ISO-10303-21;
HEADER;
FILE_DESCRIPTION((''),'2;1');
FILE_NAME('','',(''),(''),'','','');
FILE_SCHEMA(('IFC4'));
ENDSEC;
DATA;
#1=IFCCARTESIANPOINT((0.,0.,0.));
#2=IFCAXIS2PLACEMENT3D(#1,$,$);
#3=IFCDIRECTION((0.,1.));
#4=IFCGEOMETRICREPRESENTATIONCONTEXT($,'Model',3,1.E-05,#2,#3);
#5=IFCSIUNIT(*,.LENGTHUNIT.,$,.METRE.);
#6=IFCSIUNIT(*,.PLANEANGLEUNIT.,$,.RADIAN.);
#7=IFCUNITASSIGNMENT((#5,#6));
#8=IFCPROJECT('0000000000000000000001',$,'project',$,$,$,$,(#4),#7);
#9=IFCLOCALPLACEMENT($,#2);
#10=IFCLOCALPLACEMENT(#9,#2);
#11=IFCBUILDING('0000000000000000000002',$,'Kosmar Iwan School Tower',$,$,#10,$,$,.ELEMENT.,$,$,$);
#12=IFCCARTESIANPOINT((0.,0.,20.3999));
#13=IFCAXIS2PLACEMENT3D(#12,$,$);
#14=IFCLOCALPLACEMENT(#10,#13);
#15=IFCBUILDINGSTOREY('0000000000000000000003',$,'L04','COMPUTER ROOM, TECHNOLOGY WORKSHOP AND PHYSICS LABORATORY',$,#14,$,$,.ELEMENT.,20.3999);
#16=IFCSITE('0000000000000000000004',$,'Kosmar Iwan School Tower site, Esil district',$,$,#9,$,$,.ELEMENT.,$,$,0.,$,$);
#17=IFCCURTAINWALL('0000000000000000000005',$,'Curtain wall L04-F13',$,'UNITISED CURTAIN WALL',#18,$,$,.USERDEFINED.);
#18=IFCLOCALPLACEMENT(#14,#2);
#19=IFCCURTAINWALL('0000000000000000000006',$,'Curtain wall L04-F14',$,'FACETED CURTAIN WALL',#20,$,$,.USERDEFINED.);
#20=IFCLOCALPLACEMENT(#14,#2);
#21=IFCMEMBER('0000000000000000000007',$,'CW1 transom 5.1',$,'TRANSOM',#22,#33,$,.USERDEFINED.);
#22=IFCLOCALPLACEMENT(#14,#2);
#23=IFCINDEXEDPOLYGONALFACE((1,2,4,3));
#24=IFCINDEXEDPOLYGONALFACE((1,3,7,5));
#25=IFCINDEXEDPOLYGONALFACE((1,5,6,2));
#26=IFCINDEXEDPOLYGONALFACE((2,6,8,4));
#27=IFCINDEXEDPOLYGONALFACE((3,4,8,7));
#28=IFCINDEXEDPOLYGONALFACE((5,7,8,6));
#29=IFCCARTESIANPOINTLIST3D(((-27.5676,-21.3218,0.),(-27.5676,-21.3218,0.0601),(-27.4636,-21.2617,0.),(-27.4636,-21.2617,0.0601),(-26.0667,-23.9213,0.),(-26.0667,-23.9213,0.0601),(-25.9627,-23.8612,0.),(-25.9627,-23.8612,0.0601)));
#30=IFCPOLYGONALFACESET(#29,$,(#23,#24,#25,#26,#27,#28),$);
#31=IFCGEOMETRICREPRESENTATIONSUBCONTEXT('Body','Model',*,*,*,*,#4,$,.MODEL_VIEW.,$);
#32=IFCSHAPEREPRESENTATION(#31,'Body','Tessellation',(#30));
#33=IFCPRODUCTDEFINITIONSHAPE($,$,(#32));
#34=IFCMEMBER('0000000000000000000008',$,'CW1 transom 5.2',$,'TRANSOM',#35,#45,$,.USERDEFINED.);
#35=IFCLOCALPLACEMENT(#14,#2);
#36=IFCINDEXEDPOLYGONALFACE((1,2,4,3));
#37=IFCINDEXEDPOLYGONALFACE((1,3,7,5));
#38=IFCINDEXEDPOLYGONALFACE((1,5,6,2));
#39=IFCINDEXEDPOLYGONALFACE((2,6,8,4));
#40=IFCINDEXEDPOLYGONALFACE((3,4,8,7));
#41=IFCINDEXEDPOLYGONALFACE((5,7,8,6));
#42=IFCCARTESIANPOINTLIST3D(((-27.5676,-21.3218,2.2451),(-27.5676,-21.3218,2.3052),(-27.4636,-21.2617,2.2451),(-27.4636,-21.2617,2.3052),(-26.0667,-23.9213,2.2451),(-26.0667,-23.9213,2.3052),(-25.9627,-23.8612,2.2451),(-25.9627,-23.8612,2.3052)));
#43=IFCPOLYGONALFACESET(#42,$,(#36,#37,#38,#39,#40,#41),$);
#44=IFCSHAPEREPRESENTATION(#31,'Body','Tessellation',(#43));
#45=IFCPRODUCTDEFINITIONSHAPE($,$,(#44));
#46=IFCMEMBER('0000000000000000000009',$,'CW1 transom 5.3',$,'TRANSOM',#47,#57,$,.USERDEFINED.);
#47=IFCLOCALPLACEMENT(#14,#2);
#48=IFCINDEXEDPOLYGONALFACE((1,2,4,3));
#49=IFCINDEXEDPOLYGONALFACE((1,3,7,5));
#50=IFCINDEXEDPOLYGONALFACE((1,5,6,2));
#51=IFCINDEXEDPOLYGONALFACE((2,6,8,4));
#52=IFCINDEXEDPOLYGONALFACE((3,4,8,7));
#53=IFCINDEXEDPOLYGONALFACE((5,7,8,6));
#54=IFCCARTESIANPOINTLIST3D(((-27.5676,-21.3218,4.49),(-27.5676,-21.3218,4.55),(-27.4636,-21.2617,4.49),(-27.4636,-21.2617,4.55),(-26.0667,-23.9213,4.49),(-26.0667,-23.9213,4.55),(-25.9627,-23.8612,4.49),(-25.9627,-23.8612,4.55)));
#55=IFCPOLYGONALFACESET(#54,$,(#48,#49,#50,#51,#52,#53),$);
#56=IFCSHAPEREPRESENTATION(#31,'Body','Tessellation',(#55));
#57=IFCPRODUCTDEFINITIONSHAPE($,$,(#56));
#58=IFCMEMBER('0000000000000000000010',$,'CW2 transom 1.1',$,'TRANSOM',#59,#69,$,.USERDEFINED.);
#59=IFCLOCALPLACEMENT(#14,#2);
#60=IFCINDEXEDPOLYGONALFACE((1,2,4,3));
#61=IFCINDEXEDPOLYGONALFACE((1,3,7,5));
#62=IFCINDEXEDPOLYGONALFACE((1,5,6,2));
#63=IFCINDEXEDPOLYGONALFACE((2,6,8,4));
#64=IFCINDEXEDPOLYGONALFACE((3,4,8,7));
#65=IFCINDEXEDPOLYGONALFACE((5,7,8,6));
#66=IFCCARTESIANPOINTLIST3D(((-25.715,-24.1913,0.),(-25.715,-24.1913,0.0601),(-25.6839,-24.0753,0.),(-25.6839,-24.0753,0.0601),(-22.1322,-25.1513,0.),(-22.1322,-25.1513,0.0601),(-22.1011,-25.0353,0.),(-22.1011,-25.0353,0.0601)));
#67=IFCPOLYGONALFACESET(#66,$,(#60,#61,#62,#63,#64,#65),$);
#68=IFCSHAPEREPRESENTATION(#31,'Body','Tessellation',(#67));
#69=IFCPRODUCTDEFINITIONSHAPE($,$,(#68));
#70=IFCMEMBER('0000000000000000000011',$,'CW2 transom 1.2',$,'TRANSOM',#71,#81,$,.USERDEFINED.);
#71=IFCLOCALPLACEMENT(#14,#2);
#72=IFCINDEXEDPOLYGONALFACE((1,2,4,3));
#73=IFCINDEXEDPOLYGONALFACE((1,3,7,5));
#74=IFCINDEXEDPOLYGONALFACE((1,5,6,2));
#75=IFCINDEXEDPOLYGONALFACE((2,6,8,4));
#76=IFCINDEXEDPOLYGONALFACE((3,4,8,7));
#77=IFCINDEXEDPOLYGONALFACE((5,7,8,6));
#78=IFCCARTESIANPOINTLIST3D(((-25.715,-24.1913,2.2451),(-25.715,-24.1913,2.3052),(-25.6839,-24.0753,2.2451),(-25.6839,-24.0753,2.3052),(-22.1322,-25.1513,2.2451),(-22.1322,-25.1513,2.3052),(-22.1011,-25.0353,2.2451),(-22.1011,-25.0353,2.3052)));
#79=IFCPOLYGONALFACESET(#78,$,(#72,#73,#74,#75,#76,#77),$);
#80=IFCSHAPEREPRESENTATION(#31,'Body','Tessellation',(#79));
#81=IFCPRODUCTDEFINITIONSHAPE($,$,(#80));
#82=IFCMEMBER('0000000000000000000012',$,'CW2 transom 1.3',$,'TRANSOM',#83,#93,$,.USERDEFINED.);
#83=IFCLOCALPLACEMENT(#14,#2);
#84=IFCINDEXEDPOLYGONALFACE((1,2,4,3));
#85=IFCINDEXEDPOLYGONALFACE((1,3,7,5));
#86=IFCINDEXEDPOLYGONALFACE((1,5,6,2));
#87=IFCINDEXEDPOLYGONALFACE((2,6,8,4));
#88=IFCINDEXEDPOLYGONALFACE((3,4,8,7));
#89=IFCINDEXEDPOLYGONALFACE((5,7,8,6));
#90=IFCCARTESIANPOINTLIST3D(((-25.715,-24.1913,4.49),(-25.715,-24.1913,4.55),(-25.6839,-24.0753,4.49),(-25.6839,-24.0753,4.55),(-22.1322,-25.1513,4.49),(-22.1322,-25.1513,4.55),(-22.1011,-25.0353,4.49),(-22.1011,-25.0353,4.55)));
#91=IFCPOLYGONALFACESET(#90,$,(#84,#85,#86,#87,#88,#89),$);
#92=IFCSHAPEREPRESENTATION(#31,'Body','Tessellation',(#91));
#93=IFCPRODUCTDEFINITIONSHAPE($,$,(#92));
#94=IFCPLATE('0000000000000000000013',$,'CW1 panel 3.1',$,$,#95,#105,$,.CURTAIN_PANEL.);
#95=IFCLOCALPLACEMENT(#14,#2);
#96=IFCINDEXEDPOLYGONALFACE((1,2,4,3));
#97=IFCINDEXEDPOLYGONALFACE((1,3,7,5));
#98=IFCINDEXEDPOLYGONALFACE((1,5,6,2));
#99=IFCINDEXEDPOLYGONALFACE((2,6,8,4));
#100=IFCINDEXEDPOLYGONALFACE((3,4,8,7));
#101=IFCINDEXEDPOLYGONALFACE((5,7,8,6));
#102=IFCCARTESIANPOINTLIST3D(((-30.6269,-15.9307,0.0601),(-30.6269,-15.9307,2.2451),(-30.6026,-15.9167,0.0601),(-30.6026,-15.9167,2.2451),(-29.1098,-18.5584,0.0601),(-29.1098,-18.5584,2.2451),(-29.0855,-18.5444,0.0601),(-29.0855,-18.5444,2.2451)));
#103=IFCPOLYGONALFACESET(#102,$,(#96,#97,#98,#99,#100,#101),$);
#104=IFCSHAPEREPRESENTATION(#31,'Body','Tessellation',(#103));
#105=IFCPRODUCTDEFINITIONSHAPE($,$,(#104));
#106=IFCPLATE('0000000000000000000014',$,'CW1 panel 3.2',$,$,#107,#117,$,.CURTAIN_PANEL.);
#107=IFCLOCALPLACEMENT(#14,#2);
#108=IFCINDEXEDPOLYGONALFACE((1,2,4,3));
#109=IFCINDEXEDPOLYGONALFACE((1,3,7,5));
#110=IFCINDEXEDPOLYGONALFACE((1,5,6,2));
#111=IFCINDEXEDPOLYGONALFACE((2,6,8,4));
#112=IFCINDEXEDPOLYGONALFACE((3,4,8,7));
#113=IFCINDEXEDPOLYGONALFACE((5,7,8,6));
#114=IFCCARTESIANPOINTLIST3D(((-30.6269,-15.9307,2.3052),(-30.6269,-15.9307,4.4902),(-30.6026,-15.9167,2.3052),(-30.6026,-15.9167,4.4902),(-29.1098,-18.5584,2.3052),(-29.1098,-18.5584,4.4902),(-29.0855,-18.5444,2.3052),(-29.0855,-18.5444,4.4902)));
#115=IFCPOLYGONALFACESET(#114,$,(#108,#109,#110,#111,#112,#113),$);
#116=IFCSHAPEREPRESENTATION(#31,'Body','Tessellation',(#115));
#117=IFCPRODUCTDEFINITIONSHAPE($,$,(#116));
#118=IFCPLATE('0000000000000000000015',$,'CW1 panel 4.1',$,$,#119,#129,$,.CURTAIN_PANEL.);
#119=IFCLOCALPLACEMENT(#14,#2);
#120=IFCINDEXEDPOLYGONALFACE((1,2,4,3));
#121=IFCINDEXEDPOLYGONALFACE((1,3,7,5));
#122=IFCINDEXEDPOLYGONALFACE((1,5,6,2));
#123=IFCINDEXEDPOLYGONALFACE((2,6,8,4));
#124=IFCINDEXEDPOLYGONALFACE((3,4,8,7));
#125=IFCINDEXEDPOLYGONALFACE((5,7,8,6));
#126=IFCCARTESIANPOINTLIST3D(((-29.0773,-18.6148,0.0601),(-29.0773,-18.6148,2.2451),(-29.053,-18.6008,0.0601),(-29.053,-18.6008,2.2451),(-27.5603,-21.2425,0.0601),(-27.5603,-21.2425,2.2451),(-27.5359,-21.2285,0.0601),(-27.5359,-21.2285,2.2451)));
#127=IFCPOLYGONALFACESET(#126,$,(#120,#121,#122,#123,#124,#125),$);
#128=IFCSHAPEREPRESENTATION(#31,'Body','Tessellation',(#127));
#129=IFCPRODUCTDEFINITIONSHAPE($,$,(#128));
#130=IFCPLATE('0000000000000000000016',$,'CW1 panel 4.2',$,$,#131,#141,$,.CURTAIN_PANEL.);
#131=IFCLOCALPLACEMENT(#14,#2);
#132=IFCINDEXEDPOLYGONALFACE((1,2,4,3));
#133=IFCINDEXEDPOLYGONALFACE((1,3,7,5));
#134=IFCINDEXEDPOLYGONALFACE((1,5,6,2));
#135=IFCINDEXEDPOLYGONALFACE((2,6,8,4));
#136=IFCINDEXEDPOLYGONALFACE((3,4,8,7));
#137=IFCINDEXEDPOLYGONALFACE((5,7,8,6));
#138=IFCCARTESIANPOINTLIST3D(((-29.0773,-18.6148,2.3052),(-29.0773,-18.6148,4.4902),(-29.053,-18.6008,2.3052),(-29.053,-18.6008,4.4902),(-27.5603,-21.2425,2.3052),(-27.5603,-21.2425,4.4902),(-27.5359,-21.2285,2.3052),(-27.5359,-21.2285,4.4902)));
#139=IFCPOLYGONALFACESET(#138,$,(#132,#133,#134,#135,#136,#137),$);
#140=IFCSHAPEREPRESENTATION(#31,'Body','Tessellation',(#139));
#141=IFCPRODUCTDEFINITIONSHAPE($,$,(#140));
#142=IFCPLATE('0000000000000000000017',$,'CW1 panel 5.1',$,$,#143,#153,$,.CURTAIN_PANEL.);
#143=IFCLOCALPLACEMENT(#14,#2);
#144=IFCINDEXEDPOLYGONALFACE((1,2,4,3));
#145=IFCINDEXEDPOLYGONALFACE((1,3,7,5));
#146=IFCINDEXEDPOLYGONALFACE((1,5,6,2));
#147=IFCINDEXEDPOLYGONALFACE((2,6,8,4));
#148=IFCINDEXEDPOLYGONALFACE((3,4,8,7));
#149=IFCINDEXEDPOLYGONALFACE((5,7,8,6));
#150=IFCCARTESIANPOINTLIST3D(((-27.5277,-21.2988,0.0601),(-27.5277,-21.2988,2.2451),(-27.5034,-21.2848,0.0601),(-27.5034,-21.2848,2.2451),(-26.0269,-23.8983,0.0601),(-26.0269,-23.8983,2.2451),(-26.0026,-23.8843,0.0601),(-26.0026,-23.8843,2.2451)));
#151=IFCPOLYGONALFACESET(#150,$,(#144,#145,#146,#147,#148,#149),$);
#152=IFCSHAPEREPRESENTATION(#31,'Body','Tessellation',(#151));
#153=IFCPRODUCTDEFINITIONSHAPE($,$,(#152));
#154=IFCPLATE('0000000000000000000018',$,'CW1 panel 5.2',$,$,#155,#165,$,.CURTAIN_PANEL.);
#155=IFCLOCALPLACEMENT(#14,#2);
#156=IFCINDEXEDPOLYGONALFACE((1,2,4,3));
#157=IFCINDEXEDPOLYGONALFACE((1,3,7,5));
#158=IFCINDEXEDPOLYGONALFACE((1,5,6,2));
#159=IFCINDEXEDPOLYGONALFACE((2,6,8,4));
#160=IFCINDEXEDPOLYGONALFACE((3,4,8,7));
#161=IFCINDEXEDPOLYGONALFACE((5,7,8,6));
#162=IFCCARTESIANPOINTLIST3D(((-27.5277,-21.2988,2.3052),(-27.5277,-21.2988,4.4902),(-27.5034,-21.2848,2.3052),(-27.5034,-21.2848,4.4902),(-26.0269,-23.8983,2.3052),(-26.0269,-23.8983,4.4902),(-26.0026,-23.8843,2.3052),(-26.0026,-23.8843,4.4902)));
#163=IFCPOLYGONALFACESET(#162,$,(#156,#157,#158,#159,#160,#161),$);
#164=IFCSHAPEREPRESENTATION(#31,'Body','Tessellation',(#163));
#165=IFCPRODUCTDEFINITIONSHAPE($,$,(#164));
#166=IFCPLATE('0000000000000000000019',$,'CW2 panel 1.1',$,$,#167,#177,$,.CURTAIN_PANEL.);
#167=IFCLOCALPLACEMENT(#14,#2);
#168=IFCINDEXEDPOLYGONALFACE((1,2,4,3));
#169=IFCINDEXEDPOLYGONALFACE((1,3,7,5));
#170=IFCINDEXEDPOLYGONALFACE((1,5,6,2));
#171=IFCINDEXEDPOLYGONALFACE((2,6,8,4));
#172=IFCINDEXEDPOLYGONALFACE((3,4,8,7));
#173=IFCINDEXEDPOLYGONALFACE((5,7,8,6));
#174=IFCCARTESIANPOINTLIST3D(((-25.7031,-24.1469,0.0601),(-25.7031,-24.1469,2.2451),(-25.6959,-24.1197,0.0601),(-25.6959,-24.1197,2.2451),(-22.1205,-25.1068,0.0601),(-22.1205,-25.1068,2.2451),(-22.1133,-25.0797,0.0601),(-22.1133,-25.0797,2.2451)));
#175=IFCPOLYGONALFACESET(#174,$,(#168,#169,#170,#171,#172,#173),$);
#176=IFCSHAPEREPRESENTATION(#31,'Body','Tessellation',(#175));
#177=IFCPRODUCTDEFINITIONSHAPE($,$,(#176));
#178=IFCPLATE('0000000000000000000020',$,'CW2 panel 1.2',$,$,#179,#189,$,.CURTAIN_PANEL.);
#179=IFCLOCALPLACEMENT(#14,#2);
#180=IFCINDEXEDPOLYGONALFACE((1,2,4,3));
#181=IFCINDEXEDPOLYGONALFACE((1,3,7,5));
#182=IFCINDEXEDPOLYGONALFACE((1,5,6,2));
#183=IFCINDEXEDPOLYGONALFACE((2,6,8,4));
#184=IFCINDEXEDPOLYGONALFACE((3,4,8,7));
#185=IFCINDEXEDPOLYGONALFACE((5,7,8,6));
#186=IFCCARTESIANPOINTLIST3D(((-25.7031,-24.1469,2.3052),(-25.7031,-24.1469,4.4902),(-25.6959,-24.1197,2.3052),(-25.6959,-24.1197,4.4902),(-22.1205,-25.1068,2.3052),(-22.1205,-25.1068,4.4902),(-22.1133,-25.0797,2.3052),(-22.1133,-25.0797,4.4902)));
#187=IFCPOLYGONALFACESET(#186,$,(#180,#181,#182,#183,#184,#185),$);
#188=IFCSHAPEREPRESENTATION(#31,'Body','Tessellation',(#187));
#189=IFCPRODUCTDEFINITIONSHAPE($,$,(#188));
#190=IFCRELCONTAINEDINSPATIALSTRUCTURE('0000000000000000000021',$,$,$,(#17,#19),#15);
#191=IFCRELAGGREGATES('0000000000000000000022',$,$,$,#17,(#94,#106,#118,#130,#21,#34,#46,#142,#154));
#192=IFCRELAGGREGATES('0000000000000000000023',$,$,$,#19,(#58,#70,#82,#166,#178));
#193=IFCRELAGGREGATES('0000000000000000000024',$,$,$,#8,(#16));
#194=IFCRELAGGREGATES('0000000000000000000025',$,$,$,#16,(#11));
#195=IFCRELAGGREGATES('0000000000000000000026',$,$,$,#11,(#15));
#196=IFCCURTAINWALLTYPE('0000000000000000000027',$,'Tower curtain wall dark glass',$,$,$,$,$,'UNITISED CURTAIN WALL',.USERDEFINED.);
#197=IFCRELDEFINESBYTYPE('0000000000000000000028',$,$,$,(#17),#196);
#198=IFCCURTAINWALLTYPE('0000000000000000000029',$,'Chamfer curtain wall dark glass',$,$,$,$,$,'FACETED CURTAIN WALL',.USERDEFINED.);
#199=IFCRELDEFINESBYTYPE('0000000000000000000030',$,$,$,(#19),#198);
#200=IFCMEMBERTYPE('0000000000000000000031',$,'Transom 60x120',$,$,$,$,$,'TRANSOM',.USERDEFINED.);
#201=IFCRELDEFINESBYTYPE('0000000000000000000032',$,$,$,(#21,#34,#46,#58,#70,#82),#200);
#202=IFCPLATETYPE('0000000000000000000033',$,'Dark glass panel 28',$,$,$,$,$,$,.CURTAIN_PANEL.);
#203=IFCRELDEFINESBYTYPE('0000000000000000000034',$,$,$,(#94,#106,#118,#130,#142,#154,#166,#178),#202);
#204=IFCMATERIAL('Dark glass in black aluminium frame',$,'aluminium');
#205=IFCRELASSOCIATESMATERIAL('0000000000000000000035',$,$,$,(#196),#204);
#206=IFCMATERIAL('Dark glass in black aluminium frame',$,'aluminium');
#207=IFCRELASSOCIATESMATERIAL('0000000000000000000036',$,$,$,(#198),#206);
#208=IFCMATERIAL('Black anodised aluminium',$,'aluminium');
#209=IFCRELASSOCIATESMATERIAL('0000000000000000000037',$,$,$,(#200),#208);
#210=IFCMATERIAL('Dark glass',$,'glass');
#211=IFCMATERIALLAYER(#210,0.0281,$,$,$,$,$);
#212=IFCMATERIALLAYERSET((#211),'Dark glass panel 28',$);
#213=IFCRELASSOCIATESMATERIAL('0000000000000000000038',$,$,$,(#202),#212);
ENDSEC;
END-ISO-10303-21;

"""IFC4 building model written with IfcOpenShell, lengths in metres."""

from ifc_helpers import new_model, si_unit, direction, frame, origin, origin_2d, place, context, subcontext, project, spatial, rectangle, extrude, material, layer, layer_set, material_profile, profile_set, type_object, element, aggregate, save


model = new_model("IFC4")

# Units and contexts
model_context = context("Model", 3, precision=1e-05, world=origin(), true_north=direction((0.0, 1.0)))
body_context = subcontext(model_context, "Body", "Model", "MODEL_VIEW")
ifc_project = project(units=[si_unit("LENGTHUNIT", "METRE"), si_unit("PLANEANGLEUNIT", "RADIAN")], contexts=[model_context])

# Site, building, storey
site_placement = place(None, origin())
site = spatial("IfcSite", under=ifc_project, at=site_placement, Name="Kosmar Iwan School Tower site, Esil district", CompositionType="ELEMENT", RefElevation=0.0)
building_placement = place(site_placement, origin())
building = spatial("IfcBuilding", under=site, at=building_placement, Name="Kosmar Iwan School Tower", CompositionType="ELEMENT")
storey_placement = place(building_placement, frame((0.0, 0.0, 20.3999)))
storey = spatial("IfcBuildingStorey", under=building, at=storey_placement, Name="L04", Description="COMPUTER ROOM, TECHNOLOGY WORKSHOP AND PHYSICS LABORATORY", CompositionType="ELEMENT", Elevation=20.3999)

# Curtain wall
ifc_material_1 = material(Name="Dark glass in black aluminium frame", Category="aluminium")
curtain_wall_type_1 = type_object("IfcCurtainWallType", Name="Tower curtain wall dark glass", ElementType="UNITISED CURTAIN WALL", PredefinedType="USERDEFINED", material=ifc_material_1)
curtain_wall_1_placement = place(storey_placement, origin())
curtain_wall_1 = element("IfcCurtainWall", 1, at=curtain_wall_1_placement, inside=storey, type_object=curtain_wall_type_1, Name="Curtain wall L04-F13", ObjectType="UNITISED CURTAIN WALL", PredefinedType="USERDEFINED")

# Curtain wall
ifc_material_2 = material(Name="Dark glass in black aluminium frame", Category="aluminium")
curtain_wall_type_2 = type_object("IfcCurtainWallType", Name="Chamfer curtain wall dark glass", ElementType="FACETED CURTAIN WALL", PredefinedType="USERDEFINED", material=ifc_material_2)
curtain_wall_2_placement = place(storey_placement, origin())
curtain_wall_2 = element("IfcCurtainWall", 2, at=curtain_wall_2_placement, inside=storey, type_object=curtain_wall_type_2, Name="Curtain wall L04-F14", ObjectType="FACETED CURTAIN WALL", PredefinedType="USERDEFINED")

# Members
ifc_material_3 = material(Name="Black anodised aluminium", Category="aluminium")
ifc_material_profile_1 = material_profile(ifc_material_3, rectangle(XDim=0.1201, YDim=0.0601, at=origin_2d()), Name="TRANSOM 60x120")
ifc_profile_set_1 = profile_set([ifc_material_profile_1], Name="Black anodised aluminium")
member_type_1 = type_object("IfcMemberType", Name="Transom 60x120", ElementType="TRANSOM", PredefinedType="USERDEFINED", material=ifc_profile_set_1)
member_1_placement = place(storey_placement, frame((-27.5156, -21.2917, 0.03), z_axis=(0.500023, -0.866012, 0.0), x_axis=(0.866012, 0.500023, 0.0)))
member_1 = element("IfcMember", 3, at=member_1_placement, type_object=member_type_1, Name="CW1 transom 5.1", ObjectType="TRANSOM", PredefinedType="USERDEFINED", context=body_context, shape_type="SweptSolid", body=[
    extrude(rectangle(XDim=0.1201, YDim=0.0601, at=origin_2d()), origin(), (0.0, 0.0, 1.0), 3.0017),
])
member_2_placement = place(storey_placement, frame((-27.5156, -21.2917, 2.2751), z_axis=(0.500023, -0.866012, 0.0), x_axis=(0.866012, 0.500023, 0.0)))
member_2 = element("IfcMember", 4, at=member_2_placement, type_object=member_type_1, Name="CW1 transom 5.2", ObjectType="TRANSOM", PredefinedType="USERDEFINED", context=body_context, shape_type="SweptSolid", body=[
    extrude(rectangle(XDim=0.1201, YDim=0.0601, at=origin_2d()), origin(), (0.0, 0.0, 1.0), 3.0017),
])
member_3_placement = place(storey_placement, frame((-27.5156, -21.2917, 4.52), z_axis=(0.500023, -0.866012, 0.0), x_axis=(0.866012, 0.500023, 0.0)))
member_3 = element("IfcMember", 5, at=member_3_placement, type_object=member_type_1, Name="CW1 transom 5.3", ObjectType="TRANSOM", PredefinedType="USERDEFINED", context=body_context, shape_type="SweptSolid", body=[
    extrude(rectangle(XDim=0.1201, YDim=0.0601, at=origin_2d()), origin(), (0.0, 0.0, 1.0), 3.0017),
])
member_4_placement = place(storey_placement, frame((-25.6995, -24.1333, 0.03), z_axis=(0.965928, -0.25881, 0.0), x_axis=(0.25881, 0.965928, 0.0)))
member_4 = element("IfcMember", 6, at=member_4_placement, type_object=member_type_1, Name="CW2 transom 1.1", ObjectType="TRANSOM", PredefinedType="USERDEFINED", context=body_context, shape_type="SweptSolid", body=[
    extrude(rectangle(XDim=0.1201, YDim=0.0601, at=origin_2d()), origin(), (0.0, 0.0, 1.0), 3.7092),
])
member_5_placement = place(storey_placement, frame((-25.6995, -24.1333, 2.2751), z_axis=(0.965928, -0.25881, 0.0), x_axis=(0.25881, 0.965928, 0.0)))
member_5 = element("IfcMember", 7, at=member_5_placement, type_object=member_type_1, Name="CW2 transom 1.2", ObjectType="TRANSOM", PredefinedType="USERDEFINED", context=body_context, shape_type="SweptSolid", body=[
    extrude(rectangle(XDim=0.1201, YDim=0.0601, at=origin_2d()), origin(), (0.0, 0.0, 1.0), 3.7092),
])
member_6_placement = place(storey_placement, frame((-25.6995, -24.1333, 4.52), z_axis=(0.965928, -0.25881, 0.0), x_axis=(0.25881, 0.965928, 0.0)))
member_6 = element("IfcMember", 8, at=member_6_placement, type_object=member_type_1, Name="CW2 transom 1.3", ObjectType="TRANSOM", PredefinedType="USERDEFINED", context=body_context, shape_type="SweptSolid", body=[
    extrude(rectangle(XDim=0.1201, YDim=0.0601, at=origin_2d()), origin(), (0.0, 0.0, 1.0), 3.7092),
])

# Plates
ifc_material_4 = material(Name="Dark glass", Category="glass")
ifc_layer_1 = layer(ifc_material_4, 0.0281)
ifc_layer_set_1 = layer_set([ifc_layer_1], Name="Dark glass panel 28")
plate_type = type_object("IfcPlateType", Name="Dark glass panel 28", PredefinedType="CURTAIN_PANEL", material=ifc_layer_set_1)
plate_1_placement = place(storey_placement, frame((-29.8562, -17.2375, 0.0601), z_axis=(0.0, 0.0, 1.0), x_axis=(0.5, -0.866025, 0.0)))
plate_1 = element("IfcPlate", 9, at=plate_1_placement, type_object=plate_type, Name="CW1 panel 3.1", PredefinedType="CURTAIN_PANEL", context=body_context, shape_type="SweptSolid", body=[
    extrude(rectangle(XDim=3.0342, YDim=0.0281, at=origin_2d()), origin(), (0.0, 0.0, 1.0), 2.1851),
])
plate_2_placement = place(storey_placement, frame((-29.8562, -17.2375, 2.3052), z_axis=(0.0, 0.0, 1.0), x_axis=(0.5, -0.866025, 0.0)))
plate_2 = element("IfcPlate", 10, at=plate_2_placement, type_object=plate_type, Name="CW1 panel 3.2", PredefinedType="CURTAIN_PANEL", context=body_context, shape_type="SweptSolid", body=[
    extrude(rectangle(XDim=3.0342, YDim=0.0281, at=origin_2d()), origin(), (0.0, 0.0, 1.0), 2.1851),
])
plate_3_placement = place(storey_placement, frame((-28.3066, -19.9216, 0.0601), z_axis=(0.0, 0.0, 1.0), x_axis=(0.5, -0.866025, 0.0)))
plate_3 = element("IfcPlate", 11, at=plate_3_placement, type_object=plate_type, Name="CW1 panel 4.1", PredefinedType="CURTAIN_PANEL", context=body_context, shape_type="SweptSolid", body=[
    extrude(rectangle(XDim=3.0342, YDim=0.0281, at=origin_2d()), origin(), (0.0, 0.0, 1.0), 2.1851),
])
plate_4_placement = place(storey_placement, frame((-28.3066, -19.9216, 2.3052), z_axis=(0.0, 0.0, 1.0), x_axis=(0.5, -0.866025, 0.0)))
plate_4 = element("IfcPlate", 12, at=plate_4_placement, type_object=plate_type, Name="CW1 panel 4.2", PredefinedType="CURTAIN_PANEL", context=body_context, shape_type="SweptSolid", body=[
    extrude(rectangle(XDim=3.0342, YDim=0.0281, at=origin_2d()), origin(), (0.0, 0.0, 1.0), 2.1851),
])
plate_5_placement = place(storey_placement, frame((-26.7651, -22.5916, 0.0601), z_axis=(0.0, 0.0, 1.0), x_axis=(0.5, -0.866025, 0.0)))
plate_5 = element("IfcPlate", 13, at=plate_5_placement, type_object=plate_type, Name="CW1 panel 5.1", PredefinedType="CURTAIN_PANEL", context=body_context, shape_type="SweptSolid", body=[
    extrude(rectangle(XDim=3.0017, YDim=0.0281, at=origin_2d()), origin(), (0.0, 0.0, 1.0), 2.1851),
])
plate_6_placement = place(storey_placement, frame((-26.7651, -22.5916, 2.3052), z_axis=(0.0, 0.0, 1.0), x_axis=(0.5, -0.866025, 0.0)))
plate_6 = element("IfcPlate", 14, at=plate_6_placement, type_object=plate_type, Name="CW1 panel 5.2", PredefinedType="CURTAIN_PANEL", context=body_context, shape_type="SweptSolid", body=[
    extrude(rectangle(XDim=3.0017, YDim=0.0281, at=origin_2d()), origin(), (0.0, 0.0, 1.0), 2.1851),
])
aggregate(curtain_wall_1, [plate_1, plate_2, plate_3, plate_4, member_1, member_2, member_3, plate_5, plate_6])
plate_7_placement = place(storey_placement, frame((-23.9082, -24.6133, 0.0601), z_axis=(0.0, 0.0, 1.0), x_axis=(0.965926, -0.258819, 0.0)))
plate_7 = element("IfcPlate", 15, at=plate_7_placement, type_object=plate_type, Name="CW2 panel 1.1", PredefinedType="CURTAIN_PANEL", context=body_context, shape_type="SweptSolid", body=[
    extrude(rectangle(XDim=3.709, YDim=0.0281, at=origin_2d()), origin(), (0.0, 0.0, 1.0), 2.1851),
])
plate_8_placement = place(storey_placement, frame((-23.9082, -24.6133, 2.3052), z_axis=(0.0, 0.0, 1.0), x_axis=(0.965926, -0.258819, 0.0)))
plate_8 = element("IfcPlate", 16, at=plate_8_placement, type_object=plate_type, Name="CW2 panel 1.2", PredefinedType="CURTAIN_PANEL", context=body_context, shape_type="SweptSolid", body=[
    extrude(rectangle(XDim=3.709, YDim=0.0281, at=origin_2d()), origin(), (0.0, 0.0, 1.0), 2.1851),
])
aggregate(curtain_wall_2, [member_4, member_5, member_6, plate_7, plate_8])

save(model, "model.ifc")
